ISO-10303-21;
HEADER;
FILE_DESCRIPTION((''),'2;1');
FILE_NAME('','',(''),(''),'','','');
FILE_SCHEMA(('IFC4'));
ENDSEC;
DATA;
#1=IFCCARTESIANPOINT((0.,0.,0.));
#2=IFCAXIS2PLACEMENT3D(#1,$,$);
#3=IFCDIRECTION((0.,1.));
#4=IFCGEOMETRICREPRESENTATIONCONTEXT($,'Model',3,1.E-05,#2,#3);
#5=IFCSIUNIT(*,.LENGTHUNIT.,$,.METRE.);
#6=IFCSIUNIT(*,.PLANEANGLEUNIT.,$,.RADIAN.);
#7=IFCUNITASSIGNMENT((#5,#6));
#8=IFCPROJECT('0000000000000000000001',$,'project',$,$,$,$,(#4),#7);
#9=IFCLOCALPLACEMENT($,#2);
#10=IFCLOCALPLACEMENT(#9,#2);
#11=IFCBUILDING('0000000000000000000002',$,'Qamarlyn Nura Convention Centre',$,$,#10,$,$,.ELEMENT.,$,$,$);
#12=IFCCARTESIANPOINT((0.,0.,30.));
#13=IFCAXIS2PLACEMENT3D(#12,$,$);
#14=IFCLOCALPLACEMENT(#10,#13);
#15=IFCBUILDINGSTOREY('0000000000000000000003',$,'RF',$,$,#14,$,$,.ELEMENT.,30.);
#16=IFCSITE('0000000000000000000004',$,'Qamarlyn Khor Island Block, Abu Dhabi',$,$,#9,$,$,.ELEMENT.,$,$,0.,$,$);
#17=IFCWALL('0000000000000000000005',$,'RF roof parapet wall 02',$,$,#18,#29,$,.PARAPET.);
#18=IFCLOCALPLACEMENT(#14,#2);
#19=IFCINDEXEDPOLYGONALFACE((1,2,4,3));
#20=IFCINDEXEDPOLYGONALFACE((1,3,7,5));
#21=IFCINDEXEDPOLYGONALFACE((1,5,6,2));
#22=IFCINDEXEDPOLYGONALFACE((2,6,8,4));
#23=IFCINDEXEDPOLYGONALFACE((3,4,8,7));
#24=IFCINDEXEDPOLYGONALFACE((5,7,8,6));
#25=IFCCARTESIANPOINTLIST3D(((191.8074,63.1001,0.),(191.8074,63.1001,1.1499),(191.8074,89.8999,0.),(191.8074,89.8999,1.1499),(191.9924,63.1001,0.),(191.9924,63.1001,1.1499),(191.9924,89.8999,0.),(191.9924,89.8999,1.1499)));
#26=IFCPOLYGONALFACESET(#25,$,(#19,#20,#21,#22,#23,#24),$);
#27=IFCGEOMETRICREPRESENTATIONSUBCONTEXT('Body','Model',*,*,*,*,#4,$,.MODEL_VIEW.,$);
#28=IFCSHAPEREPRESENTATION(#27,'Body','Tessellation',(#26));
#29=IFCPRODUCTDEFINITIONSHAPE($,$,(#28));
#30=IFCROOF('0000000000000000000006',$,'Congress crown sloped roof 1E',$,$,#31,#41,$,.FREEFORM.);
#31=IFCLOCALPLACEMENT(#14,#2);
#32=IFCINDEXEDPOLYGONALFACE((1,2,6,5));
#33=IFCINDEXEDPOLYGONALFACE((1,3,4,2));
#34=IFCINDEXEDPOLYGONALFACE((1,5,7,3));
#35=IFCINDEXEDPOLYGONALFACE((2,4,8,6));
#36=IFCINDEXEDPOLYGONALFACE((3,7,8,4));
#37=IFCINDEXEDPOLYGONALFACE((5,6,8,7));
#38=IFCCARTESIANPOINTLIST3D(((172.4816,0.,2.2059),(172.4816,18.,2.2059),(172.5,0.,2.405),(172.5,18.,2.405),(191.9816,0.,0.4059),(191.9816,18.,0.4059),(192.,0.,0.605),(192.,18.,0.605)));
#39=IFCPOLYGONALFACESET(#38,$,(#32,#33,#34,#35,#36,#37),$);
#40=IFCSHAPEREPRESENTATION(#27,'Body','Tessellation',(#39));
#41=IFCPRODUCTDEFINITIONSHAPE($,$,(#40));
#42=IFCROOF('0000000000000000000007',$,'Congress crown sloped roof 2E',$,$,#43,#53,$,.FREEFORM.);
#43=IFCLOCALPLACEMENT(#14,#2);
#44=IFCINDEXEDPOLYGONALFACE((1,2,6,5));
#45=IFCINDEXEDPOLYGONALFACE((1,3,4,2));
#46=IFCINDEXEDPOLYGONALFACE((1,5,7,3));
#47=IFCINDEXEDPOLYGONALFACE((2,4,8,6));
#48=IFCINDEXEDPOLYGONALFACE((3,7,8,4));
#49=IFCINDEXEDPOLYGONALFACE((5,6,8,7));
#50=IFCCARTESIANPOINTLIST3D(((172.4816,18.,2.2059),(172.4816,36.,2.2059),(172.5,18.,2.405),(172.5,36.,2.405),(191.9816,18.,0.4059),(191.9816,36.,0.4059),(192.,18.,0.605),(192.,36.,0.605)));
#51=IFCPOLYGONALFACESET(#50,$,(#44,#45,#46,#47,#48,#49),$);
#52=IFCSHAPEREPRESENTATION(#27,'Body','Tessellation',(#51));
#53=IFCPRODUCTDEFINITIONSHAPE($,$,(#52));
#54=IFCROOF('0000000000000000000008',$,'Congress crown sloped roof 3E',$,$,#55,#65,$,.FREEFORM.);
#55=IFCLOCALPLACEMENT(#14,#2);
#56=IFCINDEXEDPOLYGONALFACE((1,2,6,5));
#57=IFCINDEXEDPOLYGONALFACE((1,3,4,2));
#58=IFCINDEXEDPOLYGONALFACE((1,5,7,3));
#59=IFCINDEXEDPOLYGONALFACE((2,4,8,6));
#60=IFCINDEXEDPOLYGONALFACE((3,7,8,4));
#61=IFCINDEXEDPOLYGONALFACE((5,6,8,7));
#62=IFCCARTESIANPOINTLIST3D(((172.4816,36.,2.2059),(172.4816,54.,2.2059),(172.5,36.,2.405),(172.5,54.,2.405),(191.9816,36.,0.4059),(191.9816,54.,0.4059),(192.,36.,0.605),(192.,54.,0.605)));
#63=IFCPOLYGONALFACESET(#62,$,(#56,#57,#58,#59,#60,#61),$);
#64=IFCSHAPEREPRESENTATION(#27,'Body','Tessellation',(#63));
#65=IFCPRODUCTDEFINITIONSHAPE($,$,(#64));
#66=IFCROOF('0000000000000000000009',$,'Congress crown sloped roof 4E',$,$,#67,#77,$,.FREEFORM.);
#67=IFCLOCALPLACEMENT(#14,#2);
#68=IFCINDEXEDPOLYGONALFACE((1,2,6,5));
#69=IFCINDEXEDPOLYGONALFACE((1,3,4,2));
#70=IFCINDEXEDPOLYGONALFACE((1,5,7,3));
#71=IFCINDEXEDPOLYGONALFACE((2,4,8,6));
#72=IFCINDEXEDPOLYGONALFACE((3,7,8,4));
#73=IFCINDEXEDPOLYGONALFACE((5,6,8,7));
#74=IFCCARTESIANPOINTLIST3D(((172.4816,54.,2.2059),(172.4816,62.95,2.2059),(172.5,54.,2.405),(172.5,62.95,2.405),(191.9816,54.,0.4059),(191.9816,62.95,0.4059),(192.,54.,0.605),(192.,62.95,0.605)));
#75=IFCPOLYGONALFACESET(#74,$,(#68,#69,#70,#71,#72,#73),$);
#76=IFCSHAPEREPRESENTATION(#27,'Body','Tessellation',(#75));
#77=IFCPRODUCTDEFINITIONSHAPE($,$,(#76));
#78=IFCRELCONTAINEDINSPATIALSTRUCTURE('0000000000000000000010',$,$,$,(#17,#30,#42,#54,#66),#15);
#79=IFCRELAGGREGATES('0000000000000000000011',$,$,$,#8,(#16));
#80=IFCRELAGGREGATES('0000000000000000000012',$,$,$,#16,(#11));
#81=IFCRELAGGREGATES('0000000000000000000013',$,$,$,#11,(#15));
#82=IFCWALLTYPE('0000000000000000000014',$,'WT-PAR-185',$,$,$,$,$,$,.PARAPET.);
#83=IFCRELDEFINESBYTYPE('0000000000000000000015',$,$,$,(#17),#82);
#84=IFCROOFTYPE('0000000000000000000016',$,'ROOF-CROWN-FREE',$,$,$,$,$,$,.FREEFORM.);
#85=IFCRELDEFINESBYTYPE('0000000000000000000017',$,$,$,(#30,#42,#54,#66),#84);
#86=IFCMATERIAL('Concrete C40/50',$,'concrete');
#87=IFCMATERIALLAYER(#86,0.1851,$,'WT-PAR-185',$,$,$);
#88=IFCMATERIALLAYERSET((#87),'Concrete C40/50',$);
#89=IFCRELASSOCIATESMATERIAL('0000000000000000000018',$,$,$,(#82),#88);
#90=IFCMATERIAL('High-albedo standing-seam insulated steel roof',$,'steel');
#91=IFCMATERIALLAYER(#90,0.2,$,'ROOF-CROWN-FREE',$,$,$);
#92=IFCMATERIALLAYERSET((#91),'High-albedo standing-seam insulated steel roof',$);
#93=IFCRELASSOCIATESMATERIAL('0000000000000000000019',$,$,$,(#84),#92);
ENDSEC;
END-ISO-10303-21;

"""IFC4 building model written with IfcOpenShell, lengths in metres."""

from ifc_helpers import new_model, si_unit, direction, frame, frame_2d, origin, place, context, subcontext, project, spatial, polyline, rectangle, outline, extrude, material, layer, layer_set, type_object, element, save


model = new_model("IFC4")

# Units and contexts
model_context = context("Model", 3, precision=1e-05, world=origin(), true_north=direction((0.0, 1.0)))
body_context = subcontext(model_context, "Body", "Model", "MODEL_VIEW")
ifc_project = project(units=[si_unit("LENGTHUNIT", "METRE"), si_unit("PLANEANGLEUNIT", "RADIAN")], contexts=[model_context])

# Site, building, storey
site_placement = place(None, origin())
site = spatial("IfcSite", under=ifc_project, at=site_placement, Name="Qamarlyn Khor Island Block, Abu Dhabi", CompositionType="ELEMENT", RefElevation=0.0)
building_placement = place(site_placement, origin())
building = spatial("IfcBuilding", under=site, at=building_placement, Name="Qamarlyn Nura Convention Centre", CompositionType="ELEMENT")
storey_placement = place(building_placement, frame((0.0, 0.0, 30.0)))
storey = spatial("IfcBuildingStorey", under=building, at=storey_placement, Name="RF", CompositionType="ELEMENT", Elevation=30.0)

# Wall
ifc_material_1 = material(Name="Concrete C40/50", Category="concrete")
ifc_layer_1 = layer(ifc_material_1, 0.1851, Name="WT-PAR-185")
ifc_layer_set_1 = layer_set([ifc_layer_1], Name="Concrete C40/50")
wall_type = type_object("IfcWallType", Name="WT-PAR-185", PredefinedType="PARAPET", material=ifc_layer_set_1)
wall_placement = place(storey_placement, frame((191.8999, 63.1001, 0.0), z_axis=(0.0, 0.0, 1.0), x_axis=(0.0, 1.0, 0.0)))
element("IfcWall", 1, at=wall_placement, inside=storey, type_object=wall_type, Name="RF roof parapet wall 02", PredefinedType="PARAPET", context=body_context, shape_type="SweptSolid", body=[
    extrude(rectangle(XDim=26.7998, YDim=0.1851, at=frame_2d((13.3999, 0.0))), origin(), (0.0, 0.0, 1.0), 1.1499),
])

# Roofs
ifc_material_2 = material(Name="High-albedo standing-seam insulated steel roof", Category="steel")
ifc_layer_2 = layer(ifc_material_2, 0.2, Name="ROOF-CROWN-FREE")
ifc_layer_set_2 = layer_set([ifc_layer_2], Name="High-albedo standing-seam insulated steel roof")
roof_type = type_object("IfcRoofType", Name="ROOF-CROWN-FREE", PredefinedType="FREEFORM", material=ifc_layer_set_2)
for number, where, z_axis, x_axis, name in (
    (2, (172.5, 0.0, 2.405), (0.091919, 0.0, 0.995766), (0.995766, 0.0, -0.091919), "Congress crown sloped roof 1E"),
    (3, (172.5, 18.0, 2.405), (0.091919, 0.0, 0.995766), (0.995766, 0.0, -0.091919), "Congress crown sloped roof 2E"),
    (4, (172.5, 36.0, 2.405), (0.091919, 0.0, 0.995766), (0.995766, 0.0, -0.091919), "Congress crown sloped roof 3E"),
):
    element("IfcRoof", number, at=place(storey_placement, frame(where, z_axis=z_axis, x_axis=x_axis)), inside=storey, type_object=roof_type, Name=name, PredefinedType="FREEFORM", context=body_context, shape_type="SweptSolid", body=[
        extrude(outline(polyline([(0.0, 0.0), (19.5829, 0.0), (19.5829, 18.0), (0.0, 18.0), (0.0, 0.0)])), origin(), (0.0, 0.0, -1.0), 0.2),
    ])
roof_placement = place(storey_placement, frame((172.5, 54.0, 2.405), z_axis=(0.091919, 0.0, 0.995766), x_axis=(0.995766, 0.0, -0.091919)))
element("IfcRoof", 5, at=roof_placement, inside=storey, type_object=roof_type, Name="Congress crown sloped roof 4E", PredefinedType="FREEFORM", context=body_context, shape_type="SweptSolid", body=[
    extrude(outline(polyline([(0.0, 0.0), (19.5829, 0.0), (19.5829, 8.95), (0.0, 8.95), (0.0, 0.0)])), origin(), (0.0, 0.0, -1.0), 0.2),
])

save(model, "model.ifc")
